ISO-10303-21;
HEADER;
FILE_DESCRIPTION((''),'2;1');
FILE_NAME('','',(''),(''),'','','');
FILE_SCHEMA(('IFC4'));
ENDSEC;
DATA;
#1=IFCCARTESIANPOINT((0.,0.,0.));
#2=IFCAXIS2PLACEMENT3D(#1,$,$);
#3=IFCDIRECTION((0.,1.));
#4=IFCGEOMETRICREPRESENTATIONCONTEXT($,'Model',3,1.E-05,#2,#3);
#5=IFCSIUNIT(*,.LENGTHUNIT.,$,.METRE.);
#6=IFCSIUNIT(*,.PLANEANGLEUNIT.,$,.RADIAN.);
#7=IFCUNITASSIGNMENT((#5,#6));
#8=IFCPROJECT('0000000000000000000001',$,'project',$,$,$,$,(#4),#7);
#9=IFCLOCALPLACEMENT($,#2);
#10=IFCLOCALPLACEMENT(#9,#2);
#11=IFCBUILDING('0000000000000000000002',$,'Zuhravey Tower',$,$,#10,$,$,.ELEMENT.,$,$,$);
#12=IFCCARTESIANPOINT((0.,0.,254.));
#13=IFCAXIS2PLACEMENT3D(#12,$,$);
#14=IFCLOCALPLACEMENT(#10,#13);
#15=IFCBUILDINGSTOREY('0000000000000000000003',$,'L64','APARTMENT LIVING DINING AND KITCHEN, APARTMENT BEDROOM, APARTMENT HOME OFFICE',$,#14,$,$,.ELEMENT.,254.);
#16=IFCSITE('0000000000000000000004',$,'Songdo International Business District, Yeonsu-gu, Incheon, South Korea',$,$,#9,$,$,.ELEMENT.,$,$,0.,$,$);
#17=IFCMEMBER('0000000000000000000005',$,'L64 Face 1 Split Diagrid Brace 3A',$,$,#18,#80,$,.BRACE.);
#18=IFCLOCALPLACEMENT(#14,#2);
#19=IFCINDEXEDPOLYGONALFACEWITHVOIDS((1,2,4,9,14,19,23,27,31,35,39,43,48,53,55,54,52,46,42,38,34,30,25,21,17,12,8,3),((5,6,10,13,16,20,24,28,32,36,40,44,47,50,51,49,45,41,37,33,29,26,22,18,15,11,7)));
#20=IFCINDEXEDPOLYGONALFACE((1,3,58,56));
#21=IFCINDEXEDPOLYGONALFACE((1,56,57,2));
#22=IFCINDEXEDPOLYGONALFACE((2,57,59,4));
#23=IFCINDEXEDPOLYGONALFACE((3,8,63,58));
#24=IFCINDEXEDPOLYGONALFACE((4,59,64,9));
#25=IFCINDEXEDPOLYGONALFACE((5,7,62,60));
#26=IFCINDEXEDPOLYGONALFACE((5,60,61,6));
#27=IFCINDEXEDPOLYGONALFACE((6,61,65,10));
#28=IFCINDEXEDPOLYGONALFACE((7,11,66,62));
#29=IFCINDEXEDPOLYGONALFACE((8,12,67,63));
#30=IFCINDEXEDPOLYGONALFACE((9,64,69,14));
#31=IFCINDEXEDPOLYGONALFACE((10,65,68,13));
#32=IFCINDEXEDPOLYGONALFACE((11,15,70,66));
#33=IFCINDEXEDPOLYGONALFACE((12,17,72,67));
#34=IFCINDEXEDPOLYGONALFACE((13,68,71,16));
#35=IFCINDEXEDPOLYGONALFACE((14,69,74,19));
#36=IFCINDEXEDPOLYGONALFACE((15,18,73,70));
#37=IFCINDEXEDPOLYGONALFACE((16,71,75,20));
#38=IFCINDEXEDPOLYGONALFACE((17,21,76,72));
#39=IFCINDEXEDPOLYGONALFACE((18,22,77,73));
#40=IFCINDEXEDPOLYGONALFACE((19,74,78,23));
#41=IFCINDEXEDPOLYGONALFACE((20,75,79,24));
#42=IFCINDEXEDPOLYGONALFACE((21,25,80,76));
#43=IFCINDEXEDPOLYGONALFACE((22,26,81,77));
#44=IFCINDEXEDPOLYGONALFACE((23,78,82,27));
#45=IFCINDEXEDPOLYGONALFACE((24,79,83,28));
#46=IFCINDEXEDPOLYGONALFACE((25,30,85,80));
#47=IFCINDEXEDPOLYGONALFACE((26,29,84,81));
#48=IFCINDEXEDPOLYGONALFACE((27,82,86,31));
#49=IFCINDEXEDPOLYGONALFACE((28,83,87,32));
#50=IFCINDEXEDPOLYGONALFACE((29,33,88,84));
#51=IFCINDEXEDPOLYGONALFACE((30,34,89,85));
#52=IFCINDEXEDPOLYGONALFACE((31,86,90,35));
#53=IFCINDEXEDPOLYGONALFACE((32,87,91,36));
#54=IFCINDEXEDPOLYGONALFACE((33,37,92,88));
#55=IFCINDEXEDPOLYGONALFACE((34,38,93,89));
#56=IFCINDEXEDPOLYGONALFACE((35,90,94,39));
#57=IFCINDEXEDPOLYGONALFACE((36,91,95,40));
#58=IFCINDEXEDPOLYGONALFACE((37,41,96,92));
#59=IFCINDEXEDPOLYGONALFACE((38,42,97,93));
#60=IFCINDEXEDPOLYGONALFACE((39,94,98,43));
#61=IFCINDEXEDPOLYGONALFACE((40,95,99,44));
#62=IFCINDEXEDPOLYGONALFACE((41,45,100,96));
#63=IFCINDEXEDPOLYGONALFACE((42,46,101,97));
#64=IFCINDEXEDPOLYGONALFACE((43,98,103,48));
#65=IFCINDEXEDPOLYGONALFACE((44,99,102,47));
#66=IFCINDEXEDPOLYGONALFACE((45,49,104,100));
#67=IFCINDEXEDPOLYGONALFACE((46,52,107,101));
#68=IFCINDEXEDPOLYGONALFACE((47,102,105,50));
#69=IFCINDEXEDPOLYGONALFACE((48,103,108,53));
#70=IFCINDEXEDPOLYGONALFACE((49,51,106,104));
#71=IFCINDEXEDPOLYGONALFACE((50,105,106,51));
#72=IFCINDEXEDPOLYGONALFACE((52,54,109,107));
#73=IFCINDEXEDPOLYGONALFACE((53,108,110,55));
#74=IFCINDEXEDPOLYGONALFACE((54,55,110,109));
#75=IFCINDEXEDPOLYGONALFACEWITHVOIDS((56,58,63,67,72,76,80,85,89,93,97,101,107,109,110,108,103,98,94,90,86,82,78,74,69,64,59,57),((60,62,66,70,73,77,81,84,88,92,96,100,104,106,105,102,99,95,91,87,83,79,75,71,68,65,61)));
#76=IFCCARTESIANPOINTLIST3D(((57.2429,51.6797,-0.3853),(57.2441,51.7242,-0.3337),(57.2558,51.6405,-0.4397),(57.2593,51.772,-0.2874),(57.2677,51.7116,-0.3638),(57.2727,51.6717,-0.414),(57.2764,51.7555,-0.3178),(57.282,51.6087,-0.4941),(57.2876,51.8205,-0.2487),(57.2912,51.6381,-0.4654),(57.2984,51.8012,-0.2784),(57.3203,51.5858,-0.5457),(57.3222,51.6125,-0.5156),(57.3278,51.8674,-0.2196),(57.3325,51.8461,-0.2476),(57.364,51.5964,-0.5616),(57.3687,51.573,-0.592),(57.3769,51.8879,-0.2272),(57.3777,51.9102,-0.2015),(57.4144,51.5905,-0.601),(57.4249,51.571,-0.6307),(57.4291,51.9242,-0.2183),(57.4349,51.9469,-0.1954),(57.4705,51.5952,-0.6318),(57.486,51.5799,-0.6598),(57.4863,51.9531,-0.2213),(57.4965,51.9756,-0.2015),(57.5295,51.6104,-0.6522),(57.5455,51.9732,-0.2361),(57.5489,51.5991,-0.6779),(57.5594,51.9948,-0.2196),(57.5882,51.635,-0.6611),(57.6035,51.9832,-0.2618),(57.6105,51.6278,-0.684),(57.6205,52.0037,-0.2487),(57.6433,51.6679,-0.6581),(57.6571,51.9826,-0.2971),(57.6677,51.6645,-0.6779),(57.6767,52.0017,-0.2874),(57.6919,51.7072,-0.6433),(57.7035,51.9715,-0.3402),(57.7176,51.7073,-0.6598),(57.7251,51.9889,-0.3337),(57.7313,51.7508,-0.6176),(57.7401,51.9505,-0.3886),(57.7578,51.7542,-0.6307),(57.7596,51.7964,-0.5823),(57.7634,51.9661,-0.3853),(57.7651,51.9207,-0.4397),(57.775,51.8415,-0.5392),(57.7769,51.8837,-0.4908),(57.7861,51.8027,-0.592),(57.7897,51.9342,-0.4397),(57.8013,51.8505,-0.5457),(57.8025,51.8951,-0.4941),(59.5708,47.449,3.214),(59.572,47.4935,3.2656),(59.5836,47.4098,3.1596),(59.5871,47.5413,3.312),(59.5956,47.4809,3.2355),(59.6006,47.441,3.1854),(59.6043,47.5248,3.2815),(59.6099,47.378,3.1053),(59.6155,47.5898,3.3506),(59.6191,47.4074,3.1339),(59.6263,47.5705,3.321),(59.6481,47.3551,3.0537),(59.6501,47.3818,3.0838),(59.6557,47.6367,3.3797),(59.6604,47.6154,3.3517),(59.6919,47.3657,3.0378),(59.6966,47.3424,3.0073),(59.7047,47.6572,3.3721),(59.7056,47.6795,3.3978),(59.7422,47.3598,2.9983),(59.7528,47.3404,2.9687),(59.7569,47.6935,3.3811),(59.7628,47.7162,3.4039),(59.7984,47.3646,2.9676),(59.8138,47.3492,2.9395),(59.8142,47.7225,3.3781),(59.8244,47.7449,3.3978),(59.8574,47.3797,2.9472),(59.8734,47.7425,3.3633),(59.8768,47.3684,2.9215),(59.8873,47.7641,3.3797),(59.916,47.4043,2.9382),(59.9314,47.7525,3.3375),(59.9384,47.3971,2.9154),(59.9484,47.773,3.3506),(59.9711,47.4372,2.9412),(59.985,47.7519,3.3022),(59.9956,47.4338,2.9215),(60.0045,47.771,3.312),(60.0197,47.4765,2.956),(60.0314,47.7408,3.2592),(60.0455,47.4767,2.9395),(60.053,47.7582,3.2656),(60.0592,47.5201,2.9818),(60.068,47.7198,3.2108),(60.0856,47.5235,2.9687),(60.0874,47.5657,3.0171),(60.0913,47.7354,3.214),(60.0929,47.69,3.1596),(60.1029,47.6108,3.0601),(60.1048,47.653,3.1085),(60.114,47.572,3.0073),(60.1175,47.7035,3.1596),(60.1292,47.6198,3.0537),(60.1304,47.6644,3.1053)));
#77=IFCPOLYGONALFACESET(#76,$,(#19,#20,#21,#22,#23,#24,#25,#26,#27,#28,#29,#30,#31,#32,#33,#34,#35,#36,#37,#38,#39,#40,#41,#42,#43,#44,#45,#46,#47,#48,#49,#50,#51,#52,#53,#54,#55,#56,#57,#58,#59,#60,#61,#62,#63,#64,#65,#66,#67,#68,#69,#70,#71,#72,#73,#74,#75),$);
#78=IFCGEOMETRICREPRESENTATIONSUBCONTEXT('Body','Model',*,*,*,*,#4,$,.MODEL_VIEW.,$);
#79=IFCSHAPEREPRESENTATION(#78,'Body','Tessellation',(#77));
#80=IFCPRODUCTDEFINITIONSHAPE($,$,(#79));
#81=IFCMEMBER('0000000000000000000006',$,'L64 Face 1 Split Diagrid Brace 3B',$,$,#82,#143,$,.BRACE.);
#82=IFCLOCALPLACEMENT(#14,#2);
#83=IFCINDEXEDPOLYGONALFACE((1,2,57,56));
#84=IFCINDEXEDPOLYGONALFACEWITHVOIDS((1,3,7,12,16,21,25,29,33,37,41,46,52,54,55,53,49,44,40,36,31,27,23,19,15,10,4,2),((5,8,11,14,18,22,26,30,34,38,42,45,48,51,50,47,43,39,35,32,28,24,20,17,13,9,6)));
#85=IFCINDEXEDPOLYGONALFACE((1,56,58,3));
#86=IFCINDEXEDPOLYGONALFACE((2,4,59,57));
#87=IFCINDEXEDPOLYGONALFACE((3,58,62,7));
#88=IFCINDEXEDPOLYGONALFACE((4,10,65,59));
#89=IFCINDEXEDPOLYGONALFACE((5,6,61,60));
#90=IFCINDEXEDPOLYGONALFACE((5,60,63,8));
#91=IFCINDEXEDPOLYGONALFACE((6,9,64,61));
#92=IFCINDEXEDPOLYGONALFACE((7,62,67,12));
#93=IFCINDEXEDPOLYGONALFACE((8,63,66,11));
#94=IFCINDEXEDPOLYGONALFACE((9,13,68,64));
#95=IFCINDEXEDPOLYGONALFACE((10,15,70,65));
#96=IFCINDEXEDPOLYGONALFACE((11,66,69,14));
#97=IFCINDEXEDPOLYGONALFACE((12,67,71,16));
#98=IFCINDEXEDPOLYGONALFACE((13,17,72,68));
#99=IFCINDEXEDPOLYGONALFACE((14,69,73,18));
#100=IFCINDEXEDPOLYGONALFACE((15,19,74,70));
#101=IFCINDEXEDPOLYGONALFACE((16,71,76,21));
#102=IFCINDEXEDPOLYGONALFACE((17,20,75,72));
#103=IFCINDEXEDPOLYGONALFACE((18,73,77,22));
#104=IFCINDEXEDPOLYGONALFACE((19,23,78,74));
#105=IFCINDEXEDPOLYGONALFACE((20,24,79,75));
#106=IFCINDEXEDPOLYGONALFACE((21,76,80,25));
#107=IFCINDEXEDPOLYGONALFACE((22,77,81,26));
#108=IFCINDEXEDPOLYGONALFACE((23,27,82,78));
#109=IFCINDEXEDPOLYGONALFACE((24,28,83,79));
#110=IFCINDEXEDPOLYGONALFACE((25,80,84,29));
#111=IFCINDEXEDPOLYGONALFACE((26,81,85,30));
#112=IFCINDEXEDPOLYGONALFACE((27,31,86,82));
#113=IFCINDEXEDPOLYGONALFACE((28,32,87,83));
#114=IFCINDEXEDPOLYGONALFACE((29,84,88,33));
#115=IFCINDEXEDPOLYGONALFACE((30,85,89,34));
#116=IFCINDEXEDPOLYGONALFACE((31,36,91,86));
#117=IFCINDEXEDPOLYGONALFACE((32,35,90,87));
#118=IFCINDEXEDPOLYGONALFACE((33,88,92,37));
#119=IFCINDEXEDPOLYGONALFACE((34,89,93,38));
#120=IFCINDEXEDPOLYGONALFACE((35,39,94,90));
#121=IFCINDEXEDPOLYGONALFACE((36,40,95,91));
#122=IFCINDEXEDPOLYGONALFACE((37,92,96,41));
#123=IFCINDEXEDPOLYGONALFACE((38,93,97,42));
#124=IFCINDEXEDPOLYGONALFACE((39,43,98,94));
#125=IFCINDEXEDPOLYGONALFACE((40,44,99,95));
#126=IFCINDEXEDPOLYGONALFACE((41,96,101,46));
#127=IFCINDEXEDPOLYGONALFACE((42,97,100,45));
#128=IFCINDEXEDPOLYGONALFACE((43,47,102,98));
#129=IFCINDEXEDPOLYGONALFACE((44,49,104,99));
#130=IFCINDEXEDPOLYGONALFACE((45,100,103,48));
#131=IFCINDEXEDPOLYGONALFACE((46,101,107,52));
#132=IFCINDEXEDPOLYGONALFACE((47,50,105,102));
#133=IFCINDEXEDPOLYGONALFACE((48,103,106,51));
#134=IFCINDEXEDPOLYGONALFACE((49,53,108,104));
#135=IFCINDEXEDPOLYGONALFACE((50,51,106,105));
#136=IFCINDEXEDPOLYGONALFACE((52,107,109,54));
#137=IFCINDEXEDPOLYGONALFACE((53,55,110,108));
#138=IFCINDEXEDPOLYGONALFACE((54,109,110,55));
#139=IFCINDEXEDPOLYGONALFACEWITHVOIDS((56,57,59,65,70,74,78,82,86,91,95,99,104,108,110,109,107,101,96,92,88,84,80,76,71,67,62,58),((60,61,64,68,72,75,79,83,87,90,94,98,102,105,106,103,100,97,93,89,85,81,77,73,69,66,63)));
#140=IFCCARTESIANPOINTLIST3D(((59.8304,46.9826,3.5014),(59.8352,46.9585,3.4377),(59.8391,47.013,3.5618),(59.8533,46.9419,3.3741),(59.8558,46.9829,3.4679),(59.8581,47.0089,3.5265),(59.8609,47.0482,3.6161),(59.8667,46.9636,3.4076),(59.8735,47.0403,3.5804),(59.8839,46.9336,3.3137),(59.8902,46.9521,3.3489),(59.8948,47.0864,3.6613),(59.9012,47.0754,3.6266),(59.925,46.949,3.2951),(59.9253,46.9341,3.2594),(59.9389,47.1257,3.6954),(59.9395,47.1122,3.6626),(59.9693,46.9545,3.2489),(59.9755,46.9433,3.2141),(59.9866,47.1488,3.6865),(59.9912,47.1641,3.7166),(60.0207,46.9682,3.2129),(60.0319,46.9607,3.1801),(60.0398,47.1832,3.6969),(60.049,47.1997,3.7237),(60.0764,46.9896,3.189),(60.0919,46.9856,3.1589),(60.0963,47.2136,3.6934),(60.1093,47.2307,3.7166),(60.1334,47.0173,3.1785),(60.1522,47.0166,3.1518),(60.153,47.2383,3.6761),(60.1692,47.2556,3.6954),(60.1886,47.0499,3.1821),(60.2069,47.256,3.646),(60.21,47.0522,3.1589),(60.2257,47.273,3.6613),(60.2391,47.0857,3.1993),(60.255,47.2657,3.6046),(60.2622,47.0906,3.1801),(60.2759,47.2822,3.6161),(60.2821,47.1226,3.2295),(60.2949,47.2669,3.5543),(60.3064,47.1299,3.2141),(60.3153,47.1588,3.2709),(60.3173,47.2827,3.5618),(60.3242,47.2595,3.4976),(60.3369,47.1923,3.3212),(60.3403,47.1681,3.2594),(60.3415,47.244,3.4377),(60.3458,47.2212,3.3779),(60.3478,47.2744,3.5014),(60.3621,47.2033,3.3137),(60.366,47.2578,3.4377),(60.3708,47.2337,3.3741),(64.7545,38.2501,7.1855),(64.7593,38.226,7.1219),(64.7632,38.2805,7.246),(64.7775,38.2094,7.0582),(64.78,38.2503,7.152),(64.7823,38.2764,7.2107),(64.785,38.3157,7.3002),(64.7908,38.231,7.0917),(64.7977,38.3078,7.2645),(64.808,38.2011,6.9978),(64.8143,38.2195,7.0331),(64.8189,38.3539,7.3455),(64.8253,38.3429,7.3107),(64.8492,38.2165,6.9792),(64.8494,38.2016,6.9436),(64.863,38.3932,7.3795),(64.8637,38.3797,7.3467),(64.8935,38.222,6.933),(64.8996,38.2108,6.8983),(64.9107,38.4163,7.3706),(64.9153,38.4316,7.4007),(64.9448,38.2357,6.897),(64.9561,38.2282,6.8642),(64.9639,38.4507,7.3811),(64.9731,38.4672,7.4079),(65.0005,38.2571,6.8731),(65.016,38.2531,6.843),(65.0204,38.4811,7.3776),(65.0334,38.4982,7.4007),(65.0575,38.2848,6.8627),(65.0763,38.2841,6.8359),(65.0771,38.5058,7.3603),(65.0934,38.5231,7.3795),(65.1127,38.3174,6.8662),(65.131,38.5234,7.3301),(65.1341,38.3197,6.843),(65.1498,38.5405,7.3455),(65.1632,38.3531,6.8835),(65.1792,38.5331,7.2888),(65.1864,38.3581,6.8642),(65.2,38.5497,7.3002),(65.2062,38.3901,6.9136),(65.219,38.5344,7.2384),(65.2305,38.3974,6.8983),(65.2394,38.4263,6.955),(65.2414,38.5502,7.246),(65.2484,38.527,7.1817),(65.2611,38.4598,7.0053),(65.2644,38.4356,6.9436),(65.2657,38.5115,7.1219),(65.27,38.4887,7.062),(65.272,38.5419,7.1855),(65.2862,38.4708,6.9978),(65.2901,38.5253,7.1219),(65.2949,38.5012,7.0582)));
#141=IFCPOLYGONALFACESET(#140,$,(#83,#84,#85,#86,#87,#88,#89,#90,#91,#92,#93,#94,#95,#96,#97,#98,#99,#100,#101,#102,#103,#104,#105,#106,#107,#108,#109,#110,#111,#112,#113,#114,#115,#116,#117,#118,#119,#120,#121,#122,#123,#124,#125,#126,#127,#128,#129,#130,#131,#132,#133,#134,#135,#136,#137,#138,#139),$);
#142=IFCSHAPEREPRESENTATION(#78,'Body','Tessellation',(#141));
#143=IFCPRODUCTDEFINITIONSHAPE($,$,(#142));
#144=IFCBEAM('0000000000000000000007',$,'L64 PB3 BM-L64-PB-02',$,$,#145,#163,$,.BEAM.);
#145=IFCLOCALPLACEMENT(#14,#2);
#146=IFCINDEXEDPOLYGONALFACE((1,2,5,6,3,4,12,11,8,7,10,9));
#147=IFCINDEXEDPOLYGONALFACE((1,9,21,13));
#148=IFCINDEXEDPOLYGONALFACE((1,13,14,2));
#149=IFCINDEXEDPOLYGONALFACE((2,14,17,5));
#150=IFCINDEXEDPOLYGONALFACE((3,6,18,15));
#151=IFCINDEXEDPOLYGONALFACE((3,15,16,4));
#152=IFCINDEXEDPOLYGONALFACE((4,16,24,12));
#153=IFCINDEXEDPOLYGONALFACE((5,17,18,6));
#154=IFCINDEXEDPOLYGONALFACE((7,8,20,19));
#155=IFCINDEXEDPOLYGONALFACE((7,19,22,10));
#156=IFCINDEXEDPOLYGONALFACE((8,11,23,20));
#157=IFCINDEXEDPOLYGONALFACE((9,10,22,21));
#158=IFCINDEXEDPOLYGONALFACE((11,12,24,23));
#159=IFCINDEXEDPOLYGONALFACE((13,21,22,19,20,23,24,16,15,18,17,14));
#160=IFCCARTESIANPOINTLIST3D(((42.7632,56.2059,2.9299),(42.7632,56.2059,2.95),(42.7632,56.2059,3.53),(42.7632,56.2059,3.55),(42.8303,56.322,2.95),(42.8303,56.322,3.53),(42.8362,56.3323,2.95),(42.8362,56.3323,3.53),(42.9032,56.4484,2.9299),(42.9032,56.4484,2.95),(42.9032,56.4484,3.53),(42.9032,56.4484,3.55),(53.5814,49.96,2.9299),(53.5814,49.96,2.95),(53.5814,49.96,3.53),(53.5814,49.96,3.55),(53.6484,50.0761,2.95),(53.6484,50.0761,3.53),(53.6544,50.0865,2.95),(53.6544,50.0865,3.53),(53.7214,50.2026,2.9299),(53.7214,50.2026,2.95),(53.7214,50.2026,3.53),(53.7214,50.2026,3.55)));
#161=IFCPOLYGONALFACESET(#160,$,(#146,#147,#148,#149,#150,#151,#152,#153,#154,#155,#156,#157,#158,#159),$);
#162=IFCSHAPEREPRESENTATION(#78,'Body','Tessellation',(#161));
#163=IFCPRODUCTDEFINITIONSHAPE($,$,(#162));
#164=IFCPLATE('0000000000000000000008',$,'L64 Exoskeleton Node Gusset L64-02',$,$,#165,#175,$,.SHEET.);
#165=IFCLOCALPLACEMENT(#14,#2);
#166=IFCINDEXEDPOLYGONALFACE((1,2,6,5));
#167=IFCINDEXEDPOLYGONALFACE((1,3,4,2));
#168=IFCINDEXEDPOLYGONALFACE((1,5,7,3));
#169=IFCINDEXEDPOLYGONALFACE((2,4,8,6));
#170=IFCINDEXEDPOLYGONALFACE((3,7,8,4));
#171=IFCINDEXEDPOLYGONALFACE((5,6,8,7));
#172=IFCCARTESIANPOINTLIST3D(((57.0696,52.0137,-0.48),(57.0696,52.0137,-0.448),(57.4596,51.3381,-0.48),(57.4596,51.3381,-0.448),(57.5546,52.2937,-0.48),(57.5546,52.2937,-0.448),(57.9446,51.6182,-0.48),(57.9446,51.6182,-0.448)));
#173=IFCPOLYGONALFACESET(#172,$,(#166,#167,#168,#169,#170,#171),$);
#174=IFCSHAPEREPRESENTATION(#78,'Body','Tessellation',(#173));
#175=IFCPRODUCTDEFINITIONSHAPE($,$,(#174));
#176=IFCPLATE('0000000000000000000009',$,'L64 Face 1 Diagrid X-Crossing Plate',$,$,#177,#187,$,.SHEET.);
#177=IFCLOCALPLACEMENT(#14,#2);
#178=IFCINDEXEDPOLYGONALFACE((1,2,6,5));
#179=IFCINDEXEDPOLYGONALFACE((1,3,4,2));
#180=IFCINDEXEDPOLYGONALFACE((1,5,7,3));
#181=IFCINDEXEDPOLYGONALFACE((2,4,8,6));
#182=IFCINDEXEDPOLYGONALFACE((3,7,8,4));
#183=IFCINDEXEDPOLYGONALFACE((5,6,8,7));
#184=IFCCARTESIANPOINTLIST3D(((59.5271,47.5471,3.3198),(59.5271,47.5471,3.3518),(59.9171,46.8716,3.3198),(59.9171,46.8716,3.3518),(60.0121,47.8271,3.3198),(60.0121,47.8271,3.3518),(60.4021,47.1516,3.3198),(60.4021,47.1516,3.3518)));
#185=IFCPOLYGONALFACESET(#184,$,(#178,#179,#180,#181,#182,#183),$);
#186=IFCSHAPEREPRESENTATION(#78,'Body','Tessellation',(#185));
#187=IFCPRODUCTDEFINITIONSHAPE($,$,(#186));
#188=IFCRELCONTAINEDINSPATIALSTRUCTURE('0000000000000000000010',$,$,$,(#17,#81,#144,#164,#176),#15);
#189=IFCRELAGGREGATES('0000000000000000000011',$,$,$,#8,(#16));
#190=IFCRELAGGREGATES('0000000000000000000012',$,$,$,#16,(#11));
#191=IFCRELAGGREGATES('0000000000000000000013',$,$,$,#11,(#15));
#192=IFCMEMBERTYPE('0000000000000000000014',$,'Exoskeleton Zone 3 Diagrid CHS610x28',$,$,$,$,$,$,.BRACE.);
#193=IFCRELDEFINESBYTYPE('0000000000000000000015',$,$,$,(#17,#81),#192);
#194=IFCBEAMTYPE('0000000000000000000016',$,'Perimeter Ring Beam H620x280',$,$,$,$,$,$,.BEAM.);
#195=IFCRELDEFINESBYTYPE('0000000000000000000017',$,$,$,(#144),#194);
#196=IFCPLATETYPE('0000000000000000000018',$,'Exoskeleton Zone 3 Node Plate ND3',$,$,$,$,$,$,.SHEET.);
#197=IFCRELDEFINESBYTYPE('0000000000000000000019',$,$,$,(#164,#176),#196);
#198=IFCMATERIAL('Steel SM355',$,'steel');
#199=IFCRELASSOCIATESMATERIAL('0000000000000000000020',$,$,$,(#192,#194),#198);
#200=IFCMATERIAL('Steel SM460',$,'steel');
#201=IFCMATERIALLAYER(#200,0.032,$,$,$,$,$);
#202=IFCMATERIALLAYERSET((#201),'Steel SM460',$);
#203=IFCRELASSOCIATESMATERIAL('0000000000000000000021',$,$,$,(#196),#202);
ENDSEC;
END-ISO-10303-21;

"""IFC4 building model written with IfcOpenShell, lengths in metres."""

from ifc_helpers import new_model, si_unit, direction, frame, origin, origin_2d, place, context, subcontext, project, spatial, rectangle, hollow_circle, i_section, extrude, material, layer, layer_set, material_profile, profile_set, type_object, element, save


model = new_model("IFC4")

# Units and contexts
model_context = context("Model", 3, precision=1e-05, world=origin(), true_north=direction((0.0, 1.0)))
body_context = subcontext(model_context, "Body", "Model", "MODEL_VIEW")
ifc_project = project(units=[si_unit("LENGTHUNIT", "METRE"), si_unit("PLANEANGLEUNIT", "RADIAN")], contexts=[model_context])

# Site, building, storey
site_placement = place(None, origin())
site = spatial("IfcSite", under=ifc_project, at=site_placement, Name="Songdo International Business District, Yeonsu-gu, Incheon, South Korea", CompositionType="ELEMENT", RefElevation=0.0)
building_placement = place(site_placement, origin())
building = spatial("IfcBuilding", under=site, at=building_placement, Name="Zuhravey Tower", CompositionType="ELEMENT")
storey_placement = place(building_placement, frame((0.0, 0.0, 254.0)))
storey = spatial("IfcBuildingStorey", under=building, at=storey_placement, Name="L64", Description="APARTMENT LIVING DINING AND KITCHEN, APARTMENT BEDROOM, APARTMENT HOME OFFICE", CompositionType="ELEMENT", Elevation=254.0)

# Members
ifc_material_1 = material(Name="Steel SM355", Category="steel")
ifc_material_profile_1 = material_profile(ifc_material_1, hollow_circle(Radius=0.3047, WallThickness=0.0281, at=origin_2d()), Name="CHS-609.6x28")
ifc_profile_set_1 = profile_set([ifc_material_profile_1], Name="Steel SM355")
member_type_1 = type_object("IfcMemberType", Name="Exoskeleton Zone 3 Diagrid CHS610x28", PredefinedType="BRACE", material=ifc_profile_set_1)
member_1_placement = place(storey_placement, frame((57.5227, 51.7874, -0.4397), z_axis=(0.386515, -0.702457, 0.597629), x_axis=(0.876129, 0.482076, 0.0)))
element("IfcMember", 1, at=member_1_placement, inside=storey, type_object=member_type_1, Name="L64 Face 1 Split Diagrid Brace 3A", PredefinedType="BRACE", context=body_context, shape_type="SweptSolid", body=[
    extrude(hollow_circle(Radius=0.3047, WallThickness=0.0281, at=origin_2d()), origin(), (0.0, 0.0, 1.0), 6.0227),
])
member_2_placement = place(storey_placement, frame((60.1006, 47.1082, 3.4377), z_axis=(0.461032, -0.8176, 0.344934), x_axis=(0.87106, 0.491177, 0.0)))
element("IfcMember", 2, at=member_2_placement, inside=storey, type_object=member_type_1, Name="L64 Face 1 Split Diagrid Brace 3B", PredefinedType="BRACE", context=body_context, shape_type="SweptSolid", body=[
    extrude(hollow_circle(Radius=0.3047, WallThickness=0.0281, at=origin_2d()), origin(), (0.0, 0.0, 1.0), 10.6807),
])

# Beam
ifc_material_profile_2 = material_profile(ifc_material_1, i_section(OverallWidth=0.28, OverallDepth=0.6201, WebThickness=0.012, FlangeThickness=0.02, at=origin_2d()), Name="H-620x280x12x20")
ifc_profile_set_2 = profile_set([ifc_material_profile_2], Name="Steel SM355")
beam_type = type_object("IfcBeamType", Name="Perimeter Ring Beam H620x280", PredefinedType="BEAM", material=ifc_profile_set_2)
beam_placement = place(storey_placement, frame((53.6514, 50.0813, 3.24), z_axis=(-0.866025, 0.5, 0.0), x_axis=(-0.5, -0.866025, 0.0)))
element("IfcBeam", 3, at=beam_placement, inside=storey, type_object=beam_type, Name="L64 PB3 BM-L64-PB-02", PredefinedType="BEAM", context=body_context, shape_type="SweptSolid", body=[
    extrude(i_section(OverallWidth=0.28, OverallDepth=0.6201, WebThickness=0.012, FlangeThickness=0.02, at=origin_2d()), origin(), (0.0, 0.0, 1.0), 12.4917),
])

# Plates
ifc_material_2 = material(Name="Steel SM460", Category="steel")
ifc_layer_1 = layer(ifc_material_2, 0.032)
ifc_layer_set_1 = layer_set([ifc_layer_1], Name="Steel SM460")
plate_type_1 = type_object("IfcPlateType", Name="Exoskeleton Zone 3 Node Plate ND3", PredefinedType="SHEET", material=ifc_layer_set_1)
for number, where, z_axis, x_axis, name in (
    (4, (57.5071, 51.8159, -0.48), (0.0, 0.0, 1.0), (-0.5, 0.866025, 0.0), "L64 Exoskeleton Node Gusset L64-02"),
    (5, (59.9646, 47.3494, 3.3198), (0.0, 0.0, 1.0), (-0.5, 0.866025, 0.0), "L64 Face 1 Diagrid X-Crossing Plate"),
):
    element("IfcPlate", number, at=place(storey_placement, frame(where, z_axis=z_axis, x_axis=x_axis)), inside=storey, type_object=plate_type_1, Name=name, PredefinedType="SHEET", context=body_context, shape_type="SweptSolid", body=[
        extrude(rectangle(XDim=0.78, YDim=0.5601, at=origin_2d()), origin(), (0.0, 0.0, 1.0), 0.032),
    ])

save(model, "model.ifc")
